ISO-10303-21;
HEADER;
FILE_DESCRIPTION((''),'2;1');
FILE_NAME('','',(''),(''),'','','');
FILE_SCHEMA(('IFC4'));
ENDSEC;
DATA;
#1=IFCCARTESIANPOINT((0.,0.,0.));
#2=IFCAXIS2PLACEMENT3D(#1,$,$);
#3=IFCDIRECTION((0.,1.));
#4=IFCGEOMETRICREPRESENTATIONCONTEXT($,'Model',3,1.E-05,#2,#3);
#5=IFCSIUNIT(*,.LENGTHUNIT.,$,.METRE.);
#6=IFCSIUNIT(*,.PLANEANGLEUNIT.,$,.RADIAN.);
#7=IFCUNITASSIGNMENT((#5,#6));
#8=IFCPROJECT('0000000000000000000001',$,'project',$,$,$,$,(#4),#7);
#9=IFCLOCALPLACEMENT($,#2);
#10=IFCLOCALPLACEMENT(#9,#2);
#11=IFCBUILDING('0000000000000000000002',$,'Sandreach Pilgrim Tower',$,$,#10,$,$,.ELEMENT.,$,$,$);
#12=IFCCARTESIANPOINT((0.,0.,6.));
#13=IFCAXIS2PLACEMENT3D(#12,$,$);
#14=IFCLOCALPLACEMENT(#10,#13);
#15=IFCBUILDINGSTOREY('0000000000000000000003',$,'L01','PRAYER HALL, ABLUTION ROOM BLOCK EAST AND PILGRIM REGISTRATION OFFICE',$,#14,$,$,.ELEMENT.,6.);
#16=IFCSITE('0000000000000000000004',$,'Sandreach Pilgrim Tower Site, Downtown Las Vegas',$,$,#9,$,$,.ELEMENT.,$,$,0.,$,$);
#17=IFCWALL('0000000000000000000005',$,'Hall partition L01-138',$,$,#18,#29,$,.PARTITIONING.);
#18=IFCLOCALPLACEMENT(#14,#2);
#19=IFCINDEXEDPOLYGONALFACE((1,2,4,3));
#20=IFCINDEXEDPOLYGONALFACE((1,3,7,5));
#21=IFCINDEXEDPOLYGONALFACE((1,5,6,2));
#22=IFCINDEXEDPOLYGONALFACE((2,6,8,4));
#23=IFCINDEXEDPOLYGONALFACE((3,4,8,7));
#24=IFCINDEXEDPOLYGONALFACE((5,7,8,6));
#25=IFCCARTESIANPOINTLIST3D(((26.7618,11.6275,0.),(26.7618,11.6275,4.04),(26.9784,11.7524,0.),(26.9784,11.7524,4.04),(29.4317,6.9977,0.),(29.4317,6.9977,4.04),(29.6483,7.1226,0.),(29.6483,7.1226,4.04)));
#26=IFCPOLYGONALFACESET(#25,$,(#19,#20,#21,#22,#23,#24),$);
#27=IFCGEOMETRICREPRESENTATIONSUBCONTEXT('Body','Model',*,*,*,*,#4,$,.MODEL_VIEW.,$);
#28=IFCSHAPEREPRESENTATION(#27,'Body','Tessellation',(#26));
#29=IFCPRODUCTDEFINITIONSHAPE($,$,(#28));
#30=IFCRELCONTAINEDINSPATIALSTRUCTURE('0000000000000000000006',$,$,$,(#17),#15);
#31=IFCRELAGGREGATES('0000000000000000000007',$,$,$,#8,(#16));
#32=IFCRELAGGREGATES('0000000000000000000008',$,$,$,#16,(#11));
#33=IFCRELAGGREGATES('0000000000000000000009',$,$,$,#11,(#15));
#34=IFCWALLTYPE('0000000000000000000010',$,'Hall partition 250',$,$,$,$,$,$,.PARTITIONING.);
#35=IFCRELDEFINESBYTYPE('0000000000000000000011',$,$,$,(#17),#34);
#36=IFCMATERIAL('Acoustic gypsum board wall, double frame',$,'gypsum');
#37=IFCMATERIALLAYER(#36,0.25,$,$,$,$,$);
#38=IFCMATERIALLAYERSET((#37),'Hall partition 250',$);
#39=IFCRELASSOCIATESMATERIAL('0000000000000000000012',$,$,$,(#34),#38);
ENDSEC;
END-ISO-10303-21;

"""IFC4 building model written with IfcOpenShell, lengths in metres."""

from ifc_helpers import new_model, si_unit, direction, frame, frame_2d, origin, place, context, subcontext, project, spatial, rectangle, extrude, material, layer, layer_set, type_object, element, save


model = new_model("IFC4")

# Units and contexts
model_context = context("Model", 3, precision=1e-05, world=origin(), true_north=direction((0.0, 1.0)))
body_context = subcontext(model_context, "Body", "Model", "MODEL_VIEW")
ifc_project = project(units=[si_unit("LENGTHUNIT", "METRE"), si_unit("PLANEANGLEUNIT", "RADIAN")], contexts=[model_context])

# Site, building, storey
site_placement = place(None, origin())
site = spatial("IfcSite", under=ifc_project, at=site_placement, Name="Sandreach Pilgrim Tower Site, Downtown Las Vegas", CompositionType="ELEMENT", RefElevation=0.0)
building_placement = place(site_placement, origin())
building = spatial("IfcBuilding", under=site, at=building_placement, Name="Sandreach Pilgrim Tower", CompositionType="ELEMENT")
storey_placement = place(building_placement, frame((0.0, 0.0, 6.0)))
storey = spatial("IfcBuildingStorey", under=building, at=storey_placement, Name="L01", Description="PRAYER HALL, ABLUTION ROOM BLOCK EAST AND PILGRIM REGISTRATION OFFICE", CompositionType="ELEMENT", Elevation=6.0)

# Wall
ifc_material_1 = material(Name="Acoustic gypsum board wall, double frame", Category="gypsum")
ifc_layer_1 = layer(ifc_material_1, 0.25)
ifc_layer_set_1 = layer_set([ifc_layer_1], Name="Hall partition 250")
wall_type_1 = type_object("IfcWallType", Name="Hall partition 250", PredefinedType="PARTITIONING", material=ifc_layer_set_1)
wall_1_placement = place(storey_placement, frame((29.54, 7.0601, 0.0), z_axis=(0.0, 0.0, 1.0), x_axis=(-0.499559, 0.86628, 0.0)))
element("IfcWall", 1, at=wall_1_placement, inside=storey, type_object=wall_type_1, Name="Hall partition L01-138", PredefinedType="PARTITIONING", context=body_context, shape_type="SweptSolid", body=[
    extrude(rectangle(XDim=5.3445, YDim=0.25, at=frame_2d((2.6724, 0.0))), origin(), (0.0, 0.0, 1.0), 4.04),
])

save(model, "model.ifc")
